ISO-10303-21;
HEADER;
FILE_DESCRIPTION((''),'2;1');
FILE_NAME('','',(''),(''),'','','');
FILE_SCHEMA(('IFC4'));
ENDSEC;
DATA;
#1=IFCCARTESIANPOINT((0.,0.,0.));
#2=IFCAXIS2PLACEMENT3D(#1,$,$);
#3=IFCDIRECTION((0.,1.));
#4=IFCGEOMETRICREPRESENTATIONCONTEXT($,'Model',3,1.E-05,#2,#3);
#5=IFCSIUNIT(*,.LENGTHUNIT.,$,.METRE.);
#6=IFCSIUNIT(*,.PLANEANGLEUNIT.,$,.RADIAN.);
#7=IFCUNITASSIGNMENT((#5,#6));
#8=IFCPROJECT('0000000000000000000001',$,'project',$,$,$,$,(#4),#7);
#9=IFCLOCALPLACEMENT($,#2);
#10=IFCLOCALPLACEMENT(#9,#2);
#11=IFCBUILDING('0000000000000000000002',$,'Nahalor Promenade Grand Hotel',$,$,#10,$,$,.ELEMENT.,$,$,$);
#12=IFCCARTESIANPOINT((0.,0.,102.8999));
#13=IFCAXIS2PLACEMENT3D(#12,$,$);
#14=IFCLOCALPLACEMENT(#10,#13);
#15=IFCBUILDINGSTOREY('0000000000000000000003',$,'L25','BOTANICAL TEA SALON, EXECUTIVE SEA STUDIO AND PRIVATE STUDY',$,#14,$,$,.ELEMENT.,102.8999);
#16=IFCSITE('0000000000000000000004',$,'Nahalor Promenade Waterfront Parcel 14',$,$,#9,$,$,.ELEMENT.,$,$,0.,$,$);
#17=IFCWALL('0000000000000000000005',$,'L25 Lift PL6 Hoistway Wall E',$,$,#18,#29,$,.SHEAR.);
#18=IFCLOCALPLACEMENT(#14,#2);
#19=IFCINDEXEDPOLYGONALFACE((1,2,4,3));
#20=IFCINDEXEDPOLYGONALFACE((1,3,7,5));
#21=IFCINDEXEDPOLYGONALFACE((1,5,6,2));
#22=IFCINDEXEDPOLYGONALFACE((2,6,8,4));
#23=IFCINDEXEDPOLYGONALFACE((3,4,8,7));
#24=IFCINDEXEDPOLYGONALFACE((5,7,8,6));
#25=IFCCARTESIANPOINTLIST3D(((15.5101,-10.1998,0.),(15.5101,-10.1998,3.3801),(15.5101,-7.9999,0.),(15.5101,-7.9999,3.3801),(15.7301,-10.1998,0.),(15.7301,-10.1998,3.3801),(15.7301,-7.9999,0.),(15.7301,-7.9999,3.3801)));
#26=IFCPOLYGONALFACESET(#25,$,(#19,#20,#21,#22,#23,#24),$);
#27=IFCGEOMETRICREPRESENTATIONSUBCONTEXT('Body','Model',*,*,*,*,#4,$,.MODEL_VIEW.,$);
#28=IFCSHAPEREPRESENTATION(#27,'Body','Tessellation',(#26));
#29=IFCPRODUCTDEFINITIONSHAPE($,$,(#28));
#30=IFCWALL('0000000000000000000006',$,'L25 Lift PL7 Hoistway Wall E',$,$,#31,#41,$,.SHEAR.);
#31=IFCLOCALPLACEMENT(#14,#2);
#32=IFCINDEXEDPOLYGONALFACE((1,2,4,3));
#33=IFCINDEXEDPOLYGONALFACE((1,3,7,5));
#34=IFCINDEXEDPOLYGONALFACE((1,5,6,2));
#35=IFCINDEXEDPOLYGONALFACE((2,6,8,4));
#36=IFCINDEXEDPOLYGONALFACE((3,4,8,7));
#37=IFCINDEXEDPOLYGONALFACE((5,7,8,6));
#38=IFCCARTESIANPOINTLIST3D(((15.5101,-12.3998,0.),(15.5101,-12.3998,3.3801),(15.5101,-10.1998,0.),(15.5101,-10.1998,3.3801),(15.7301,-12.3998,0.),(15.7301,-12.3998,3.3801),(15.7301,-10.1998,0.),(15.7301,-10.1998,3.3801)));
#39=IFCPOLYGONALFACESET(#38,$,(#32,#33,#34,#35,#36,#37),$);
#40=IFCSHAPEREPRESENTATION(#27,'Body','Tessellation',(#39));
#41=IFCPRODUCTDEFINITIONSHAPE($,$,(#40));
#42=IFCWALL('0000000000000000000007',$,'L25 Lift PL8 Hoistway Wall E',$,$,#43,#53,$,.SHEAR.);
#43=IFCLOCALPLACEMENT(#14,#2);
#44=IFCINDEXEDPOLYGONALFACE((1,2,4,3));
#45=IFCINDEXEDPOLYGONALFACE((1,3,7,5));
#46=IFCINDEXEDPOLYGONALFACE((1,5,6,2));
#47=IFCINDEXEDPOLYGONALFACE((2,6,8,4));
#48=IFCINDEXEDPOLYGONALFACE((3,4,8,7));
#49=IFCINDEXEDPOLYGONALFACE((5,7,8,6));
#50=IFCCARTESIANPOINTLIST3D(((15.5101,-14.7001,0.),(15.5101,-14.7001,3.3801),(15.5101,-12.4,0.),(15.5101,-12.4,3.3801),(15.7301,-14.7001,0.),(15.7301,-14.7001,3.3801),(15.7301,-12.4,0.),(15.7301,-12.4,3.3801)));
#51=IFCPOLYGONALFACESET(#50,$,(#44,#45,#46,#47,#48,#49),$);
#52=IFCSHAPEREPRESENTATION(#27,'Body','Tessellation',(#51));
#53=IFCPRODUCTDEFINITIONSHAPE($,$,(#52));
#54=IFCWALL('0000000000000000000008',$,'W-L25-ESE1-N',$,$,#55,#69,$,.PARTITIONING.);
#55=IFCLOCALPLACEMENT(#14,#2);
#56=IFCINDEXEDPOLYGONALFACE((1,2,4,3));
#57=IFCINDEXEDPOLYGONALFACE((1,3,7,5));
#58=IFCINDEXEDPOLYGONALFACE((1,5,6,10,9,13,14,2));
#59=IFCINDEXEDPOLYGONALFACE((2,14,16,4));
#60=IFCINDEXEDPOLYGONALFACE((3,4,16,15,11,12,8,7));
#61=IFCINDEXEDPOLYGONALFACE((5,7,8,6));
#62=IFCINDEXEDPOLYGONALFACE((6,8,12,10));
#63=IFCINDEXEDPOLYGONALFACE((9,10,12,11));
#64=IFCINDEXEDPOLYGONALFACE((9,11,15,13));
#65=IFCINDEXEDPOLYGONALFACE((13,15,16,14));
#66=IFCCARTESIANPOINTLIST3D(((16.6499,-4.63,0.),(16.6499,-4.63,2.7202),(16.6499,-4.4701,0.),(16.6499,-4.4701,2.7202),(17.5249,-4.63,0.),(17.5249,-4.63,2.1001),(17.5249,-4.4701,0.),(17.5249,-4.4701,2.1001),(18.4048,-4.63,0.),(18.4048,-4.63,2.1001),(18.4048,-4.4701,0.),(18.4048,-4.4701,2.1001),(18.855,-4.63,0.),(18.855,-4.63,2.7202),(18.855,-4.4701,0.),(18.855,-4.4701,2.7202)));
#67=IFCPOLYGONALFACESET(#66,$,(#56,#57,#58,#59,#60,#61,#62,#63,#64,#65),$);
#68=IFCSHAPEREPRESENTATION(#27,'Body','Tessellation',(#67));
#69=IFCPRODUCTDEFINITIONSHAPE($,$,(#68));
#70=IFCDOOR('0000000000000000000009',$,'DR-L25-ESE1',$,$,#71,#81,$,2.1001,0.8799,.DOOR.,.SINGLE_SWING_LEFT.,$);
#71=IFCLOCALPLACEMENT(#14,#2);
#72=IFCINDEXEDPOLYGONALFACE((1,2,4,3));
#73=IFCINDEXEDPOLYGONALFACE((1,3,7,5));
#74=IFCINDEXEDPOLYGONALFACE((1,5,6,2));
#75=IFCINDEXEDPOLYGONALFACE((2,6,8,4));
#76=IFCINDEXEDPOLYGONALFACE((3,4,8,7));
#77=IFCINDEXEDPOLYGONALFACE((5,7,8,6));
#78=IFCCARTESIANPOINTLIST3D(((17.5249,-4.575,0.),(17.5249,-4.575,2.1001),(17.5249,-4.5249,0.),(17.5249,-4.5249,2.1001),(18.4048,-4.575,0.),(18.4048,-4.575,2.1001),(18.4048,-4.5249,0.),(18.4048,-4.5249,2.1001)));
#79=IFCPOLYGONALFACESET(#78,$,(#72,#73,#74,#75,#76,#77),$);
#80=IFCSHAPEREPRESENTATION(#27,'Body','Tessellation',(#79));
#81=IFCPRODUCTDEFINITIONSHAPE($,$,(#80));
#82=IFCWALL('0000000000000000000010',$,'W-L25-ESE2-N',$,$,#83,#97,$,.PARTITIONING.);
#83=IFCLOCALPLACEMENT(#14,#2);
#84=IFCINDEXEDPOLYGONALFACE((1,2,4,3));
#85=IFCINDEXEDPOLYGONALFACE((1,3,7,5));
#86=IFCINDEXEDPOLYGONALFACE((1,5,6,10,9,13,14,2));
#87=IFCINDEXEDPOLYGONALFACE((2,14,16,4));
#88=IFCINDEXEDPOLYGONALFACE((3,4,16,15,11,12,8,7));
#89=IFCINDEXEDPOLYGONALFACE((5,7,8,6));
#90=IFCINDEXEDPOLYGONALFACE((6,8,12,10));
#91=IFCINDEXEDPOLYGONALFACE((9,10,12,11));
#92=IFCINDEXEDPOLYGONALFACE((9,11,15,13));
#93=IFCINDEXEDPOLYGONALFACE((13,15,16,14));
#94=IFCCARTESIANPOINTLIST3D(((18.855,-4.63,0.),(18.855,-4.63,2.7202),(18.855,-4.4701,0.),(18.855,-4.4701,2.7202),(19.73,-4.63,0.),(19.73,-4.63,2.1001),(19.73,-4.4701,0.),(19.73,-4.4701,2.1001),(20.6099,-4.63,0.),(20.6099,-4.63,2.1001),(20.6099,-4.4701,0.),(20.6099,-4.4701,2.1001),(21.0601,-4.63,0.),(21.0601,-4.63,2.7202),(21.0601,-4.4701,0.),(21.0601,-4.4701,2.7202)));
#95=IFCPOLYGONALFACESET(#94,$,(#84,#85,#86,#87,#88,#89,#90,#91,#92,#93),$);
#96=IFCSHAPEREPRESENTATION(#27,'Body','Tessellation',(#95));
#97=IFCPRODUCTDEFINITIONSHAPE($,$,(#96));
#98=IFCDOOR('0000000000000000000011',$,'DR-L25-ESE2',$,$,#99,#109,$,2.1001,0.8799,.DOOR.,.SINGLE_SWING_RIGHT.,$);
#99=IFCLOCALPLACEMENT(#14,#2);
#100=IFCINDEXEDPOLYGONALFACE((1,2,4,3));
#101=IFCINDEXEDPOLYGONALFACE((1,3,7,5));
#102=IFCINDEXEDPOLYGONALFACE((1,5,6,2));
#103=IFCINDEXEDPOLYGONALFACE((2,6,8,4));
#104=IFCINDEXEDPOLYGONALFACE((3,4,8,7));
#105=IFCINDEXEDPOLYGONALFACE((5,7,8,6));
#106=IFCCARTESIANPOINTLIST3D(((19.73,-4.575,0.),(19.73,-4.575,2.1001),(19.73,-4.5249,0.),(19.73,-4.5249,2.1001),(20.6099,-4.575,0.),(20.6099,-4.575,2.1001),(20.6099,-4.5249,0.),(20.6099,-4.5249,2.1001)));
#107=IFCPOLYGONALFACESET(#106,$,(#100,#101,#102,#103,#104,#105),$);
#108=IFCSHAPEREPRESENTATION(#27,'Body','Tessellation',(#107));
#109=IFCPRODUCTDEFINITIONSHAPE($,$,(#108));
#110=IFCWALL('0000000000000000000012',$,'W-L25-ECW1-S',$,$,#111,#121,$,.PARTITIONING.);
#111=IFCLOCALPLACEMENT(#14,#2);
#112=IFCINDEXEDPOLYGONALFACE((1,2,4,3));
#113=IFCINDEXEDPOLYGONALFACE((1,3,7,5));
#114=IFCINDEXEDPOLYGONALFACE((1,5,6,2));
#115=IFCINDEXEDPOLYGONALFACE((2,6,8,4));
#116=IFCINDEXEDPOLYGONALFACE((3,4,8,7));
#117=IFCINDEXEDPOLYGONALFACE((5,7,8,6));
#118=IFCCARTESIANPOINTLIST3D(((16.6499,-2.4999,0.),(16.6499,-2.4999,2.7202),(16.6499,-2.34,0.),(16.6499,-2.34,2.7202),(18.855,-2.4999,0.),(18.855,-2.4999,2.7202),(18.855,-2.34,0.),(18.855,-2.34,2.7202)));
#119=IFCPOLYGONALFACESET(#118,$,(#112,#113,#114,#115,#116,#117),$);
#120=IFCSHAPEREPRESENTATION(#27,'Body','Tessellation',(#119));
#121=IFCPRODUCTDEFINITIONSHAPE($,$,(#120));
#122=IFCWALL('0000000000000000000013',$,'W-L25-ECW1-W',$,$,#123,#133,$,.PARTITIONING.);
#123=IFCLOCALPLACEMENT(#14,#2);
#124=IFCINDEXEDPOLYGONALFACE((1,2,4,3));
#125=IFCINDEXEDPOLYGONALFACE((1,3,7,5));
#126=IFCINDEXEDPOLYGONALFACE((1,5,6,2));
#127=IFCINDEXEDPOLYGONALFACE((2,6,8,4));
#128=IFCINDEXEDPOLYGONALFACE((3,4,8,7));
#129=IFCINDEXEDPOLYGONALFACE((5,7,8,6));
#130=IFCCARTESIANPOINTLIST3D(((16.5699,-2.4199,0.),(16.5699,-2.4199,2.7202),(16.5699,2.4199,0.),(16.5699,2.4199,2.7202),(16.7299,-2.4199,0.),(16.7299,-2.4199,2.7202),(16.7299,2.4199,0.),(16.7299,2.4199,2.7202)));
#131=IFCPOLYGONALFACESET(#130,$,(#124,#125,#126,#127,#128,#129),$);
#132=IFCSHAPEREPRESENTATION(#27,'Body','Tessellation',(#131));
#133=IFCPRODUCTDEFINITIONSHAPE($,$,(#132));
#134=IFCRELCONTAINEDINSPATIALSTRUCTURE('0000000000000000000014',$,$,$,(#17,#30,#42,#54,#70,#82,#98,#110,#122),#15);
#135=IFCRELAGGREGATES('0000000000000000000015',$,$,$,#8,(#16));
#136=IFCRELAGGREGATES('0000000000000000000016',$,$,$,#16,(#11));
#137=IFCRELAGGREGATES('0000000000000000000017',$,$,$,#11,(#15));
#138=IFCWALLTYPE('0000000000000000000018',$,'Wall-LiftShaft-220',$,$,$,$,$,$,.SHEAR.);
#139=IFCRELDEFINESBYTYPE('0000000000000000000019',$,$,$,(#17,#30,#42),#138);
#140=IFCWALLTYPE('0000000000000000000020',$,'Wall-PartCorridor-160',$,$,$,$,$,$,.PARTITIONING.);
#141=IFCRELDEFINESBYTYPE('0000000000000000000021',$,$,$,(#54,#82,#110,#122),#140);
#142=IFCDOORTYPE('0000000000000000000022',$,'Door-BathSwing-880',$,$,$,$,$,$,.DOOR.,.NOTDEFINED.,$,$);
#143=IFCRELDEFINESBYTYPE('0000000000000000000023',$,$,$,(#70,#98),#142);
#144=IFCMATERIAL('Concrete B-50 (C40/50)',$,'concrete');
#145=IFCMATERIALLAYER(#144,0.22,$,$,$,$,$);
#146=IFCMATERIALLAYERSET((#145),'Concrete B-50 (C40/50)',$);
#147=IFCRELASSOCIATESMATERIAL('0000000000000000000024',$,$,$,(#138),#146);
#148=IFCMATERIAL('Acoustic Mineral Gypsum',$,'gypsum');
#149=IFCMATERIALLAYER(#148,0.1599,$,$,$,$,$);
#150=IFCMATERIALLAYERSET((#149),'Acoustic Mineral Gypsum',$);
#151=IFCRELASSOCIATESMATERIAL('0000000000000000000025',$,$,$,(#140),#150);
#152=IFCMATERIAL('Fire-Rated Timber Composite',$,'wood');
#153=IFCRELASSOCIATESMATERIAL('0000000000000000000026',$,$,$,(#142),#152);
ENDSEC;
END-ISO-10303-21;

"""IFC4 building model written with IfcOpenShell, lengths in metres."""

from ifc_helpers import new_model, si_unit, direction, frame, frame_2d, origin, place, context, subcontext, project, spatial, rectangle, extrude, source, transform, mapped, material, layer, layer_set, type_object, element, fill, save


model = new_model("IFC4")

# Units and contexts
model_context = context("Model", 3, precision=1e-05, world=origin(), true_north=direction((0.0, 1.0)))
body_context = subcontext(model_context, "Body", "Model", "MODEL_VIEW")
ifc_project = project(units=[si_unit("LENGTHUNIT", "METRE"), si_unit("PLANEANGLEUNIT", "RADIAN")], contexts=[model_context])

# Site, building, storey
site_placement = place(None, origin())
site = spatial("IfcSite", under=ifc_project, at=site_placement, Name="Nahalor Promenade Waterfront Parcel 14", CompositionType="ELEMENT", RefElevation=0.0)
building_placement = place(site_placement, origin())
building = spatial("IfcBuilding", under=site, at=building_placement, Name="Nahalor Promenade Grand Hotel", CompositionType="ELEMENT")
storey_placement = place(building_placement, frame((0.0, 0.0, 102.8999)))
storey = spatial("IfcBuildingStorey", under=building, at=storey_placement, Name="L25", Description="BOTANICAL TEA SALON, EXECUTIVE SEA STUDIO AND PRIVATE STUDY", CompositionType="ELEMENT", Elevation=102.8999)

# Walls
ifc_material_1 = material(Name="Concrete B-50 (C40/50)", Category="concrete")
ifc_layer_1 = layer(ifc_material_1, 0.22)
ifc_layer_set_1 = layer_set([ifc_layer_1], Name="Concrete B-50 (C40/50)")
wall_type_1 = type_object("IfcWallType", Name="Wall-LiftShaft-220", PredefinedType="SHEAR", material=ifc_layer_set_1)
shared_shape_1 = source(origin(), body_context, "Body", "SweptSolid", [
    extrude(rectangle(XDim=2.2, YDim=0.22, at=frame_2d((1.1001, 0.0))), origin(), (0.0, 0.0, 1.0), 3.3801),
])
for number, where, z_axis, x_axis, name in (
    (1, (15.6201, -10.2, 0.0), (0.0, 0.0, 1.0), (0.0, 1.0, 0.0), "L25 Lift PL6 Hoistway Wall E"),
    (2, (15.6201, -12.3999, 0.0), (0.0, 0.0, 1.0), (0.0, 1.0, 0.0), "L25 Lift PL7 Hoistway Wall E"),
):
    element("IfcWall", number, at=place(storey_placement, frame(where, z_axis=z_axis, x_axis=x_axis)), inside=storey, type_object=wall_type_1, Name=name, PredefinedType="SHEAR", context=body_context, shape_type="MappedRepresentation", body=[
        mapped(shared_shape_1, transform((0.0, 0.0, 0.0), scale=1.0)),
    ])
shared_shape_2 = source(origin(), body_context, "Body", "SweptSolid", [
    extrude(rectangle(XDim=2.3, YDim=0.22, at=frame_2d((1.1499, 0.0))), origin(), (0.0, 0.0, 1.0), 3.3801),
])
wall_1_placement = place(storey_placement, frame((15.6201, -14.7, 0.0), z_axis=(0.0, 0.0, 1.0), x_axis=(0.0, 1.0, 0.0)))
element("IfcWall", 3, at=wall_1_placement, inside=storey, type_object=wall_type_1, Name="L25 Lift PL8 Hoistway Wall E", PredefinedType="SHEAR", context=body_context, shape_type="MappedRepresentation", body=[
    mapped(shared_shape_2, transform((0.0, 0.0, 0.0), scale=1.0)),
])

# Walls, openings, doors
ifc_material_2 = material(Name="Acoustic Mineral Gypsum", Category="gypsum")
ifc_layer_2 = layer(ifc_material_2, 0.1599)
ifc_layer_set_2 = layer_set([ifc_layer_2], Name="Acoustic Mineral Gypsum")
wall_type_2 = type_object("IfcWallType", Name="Wall-PartCorridor-160", PredefinedType="PARTITIONING", material=ifc_layer_set_2)
shared_shape_3 = source(origin(), body_context, "Body", "SweptSolid", [
    extrude(rectangle(XDim=2.2051, YDim=0.1599, at=frame_2d((1.1025, 0.0))), origin(), (0.0, 0.0, 1.0), 2.7202),
])
wall_2_placement = place(storey_placement, frame((16.6499, -4.55, 0.0), z_axis=(0.0, 0.0, 1.0), x_axis=(1.0, 0.0, 0.0)))
wall_2 = element("IfcWall", 4, at=wall_2_placement, inside=storey, type_object=wall_type_2, Name="W-L25-ESE1-N", PredefinedType="PARTITIONING", context=body_context, shape_type="MappedRepresentation", body=[
    mapped(shared_shape_3, transform((0.0, 0.0, 0.0), scale=1.0)),
])
opening_1_placement = place(wall_2_placement, frame((0.875, 0.0, 0.0)))
opening_1 = element("IfcOpeningElement", 5, at=opening_1_placement, cuts=wall_2, PredefinedType="OPENING", context=body_context, shape_type="SweptSolid", body=[
    extrude(rectangle(XDim=0.8799, YDim=2.1001, at=frame_2d((0.4399, 1.05))), frame((0.0, 0.0898, 0.0), z_axis=(0.0, -1.0, 0.0), x_axis=(1.0, 0.0, 0.0)), (0.0, 0.0, 1.0), 0.1799),
])
ifc_material_3 = material(Name="Fire-Rated Timber Composite", Category="wood")
door_type = type_object("IfcDoorType", Name="Door-BathSwing-880", OperationType="NOTDEFINED", PredefinedType="DOOR", material=ifc_material_3)
shared_shape_4 = source(origin(), body_context, "Body", "SweptSolid", [
    extrude(rectangle(XDim=0.8799, YDim=2.1001, at=frame_2d((0.4399, 1.05))), frame((0.0, 0.0249, 0.0), z_axis=(0.0, -1.0, 0.0), x_axis=(1.0, 0.0, 0.0)), (0.0, 0.0, 1.0), 0.05),
])
door_1_placement = place(opening_1_placement, frame((0.8799, 0.0, 0.0), z_axis=(0.0, 0.0, 1.0), x_axis=(-1.0, 0.0, 0.0)))
door_1 = element("IfcDoor", 6, at=door_1_placement, inside=storey, type_object=door_type, Name="DR-L25-ESE1", OperationType="SINGLE_SWING_LEFT", OverallHeight=2.1001, OverallWidth=0.8799, PredefinedType="DOOR", context=body_context, shape_type="MappedRepresentation", body=[
    mapped(shared_shape_4, transform((0.0, 0.0, 0.0), scale=1.0)),
])
fill(opening_1, door_1)
wall_3_placement = place(storey_placement, frame((18.855, -4.55, 0.0), z_axis=(0.0, 0.0, 1.0), x_axis=(1.0, 0.0, 0.0)))
wall_3 = element("IfcWall", 7, at=wall_3_placement, inside=storey, type_object=wall_type_2, Name="W-L25-ESE2-N", PredefinedType="PARTITIONING", context=body_context, shape_type="MappedRepresentation", body=[
    mapped(shared_shape_3, transform((0.0, 0.0, 0.0), scale=1.0)),
])
opening_2_placement = place(wall_3_placement, frame((0.875, 0.0, 0.0)))
opening_2 = element("IfcOpeningElement", 8, at=opening_2_placement, cuts=wall_3, PredefinedType="OPENING", context=body_context, shape_type="SweptSolid", body=[
    extrude(rectangle(XDim=0.8799, YDim=2.1001, at=frame_2d((0.4399, 1.05))), frame((0.0, 0.0898, 0.0), z_axis=(0.0, -1.0, 0.0), x_axis=(1.0, 0.0, 0.0)), (0.0, 0.0, 1.0), 0.1799),
])
door_2_placement = place(opening_2_placement, frame((0.8799, 0.0, 0.0), z_axis=(0.0, 0.0, 1.0), x_axis=(-1.0, 0.0, 0.0)))
door_2 = element("IfcDoor", 9, at=door_2_placement, inside=storey, type_object=door_type, Name="DR-L25-ESE2", OperationType="SINGLE_SWING_RIGHT", OverallHeight=2.1001, OverallWidth=0.8799, PredefinedType="DOOR", context=body_context, shape_type="MappedRepresentation", body=[
    mapped(shared_shape_4, transform((0.0, 0.0, 0.0), scale=1.0)),
])
fill(opening_2, door_2)

# Walls
wall_4_placement = place(storey_placement, frame((16.6499, -2.4199, 0.0), z_axis=(0.0, 0.0, 1.0), x_axis=(1.0, 0.0, 0.0)))
element("IfcWall", 10, at=wall_4_placement, inside=storey, type_object=wall_type_2, Name="W-L25-ECW1-S", PredefinedType="PARTITIONING", context=body_context, shape_type="MappedRepresentation", body=[
    mapped(shared_shape_3, transform((0.0, 0.0, 0.0), scale=1.0)),
])
shared_shape_5 = source(origin(), body_context, "Body", "SweptSolid", [
    extrude(rectangle(XDim=4.8398, YDim=0.1599, at=frame_2d((2.4199, 0.0))), origin(), (0.0, 0.0, 1.0), 2.7202),
])
wall_5_placement = place(storey_placement, frame((16.6499, -2.4199, 0.0), z_axis=(0.0, 0.0, 1.0), x_axis=(0.0, 1.0, 0.0)))
element("IfcWall", 11, at=wall_5_placement, inside=storey, type_object=wall_type_2, Name="W-L25-ECW1-W", PredefinedType="PARTITIONING", context=body_context, shape_type="MappedRepresentation", body=[
    mapped(shared_shape_5, transform((0.0, 0.0, 0.0), scale=1.0)),
])

save(model, "model.ifc")
